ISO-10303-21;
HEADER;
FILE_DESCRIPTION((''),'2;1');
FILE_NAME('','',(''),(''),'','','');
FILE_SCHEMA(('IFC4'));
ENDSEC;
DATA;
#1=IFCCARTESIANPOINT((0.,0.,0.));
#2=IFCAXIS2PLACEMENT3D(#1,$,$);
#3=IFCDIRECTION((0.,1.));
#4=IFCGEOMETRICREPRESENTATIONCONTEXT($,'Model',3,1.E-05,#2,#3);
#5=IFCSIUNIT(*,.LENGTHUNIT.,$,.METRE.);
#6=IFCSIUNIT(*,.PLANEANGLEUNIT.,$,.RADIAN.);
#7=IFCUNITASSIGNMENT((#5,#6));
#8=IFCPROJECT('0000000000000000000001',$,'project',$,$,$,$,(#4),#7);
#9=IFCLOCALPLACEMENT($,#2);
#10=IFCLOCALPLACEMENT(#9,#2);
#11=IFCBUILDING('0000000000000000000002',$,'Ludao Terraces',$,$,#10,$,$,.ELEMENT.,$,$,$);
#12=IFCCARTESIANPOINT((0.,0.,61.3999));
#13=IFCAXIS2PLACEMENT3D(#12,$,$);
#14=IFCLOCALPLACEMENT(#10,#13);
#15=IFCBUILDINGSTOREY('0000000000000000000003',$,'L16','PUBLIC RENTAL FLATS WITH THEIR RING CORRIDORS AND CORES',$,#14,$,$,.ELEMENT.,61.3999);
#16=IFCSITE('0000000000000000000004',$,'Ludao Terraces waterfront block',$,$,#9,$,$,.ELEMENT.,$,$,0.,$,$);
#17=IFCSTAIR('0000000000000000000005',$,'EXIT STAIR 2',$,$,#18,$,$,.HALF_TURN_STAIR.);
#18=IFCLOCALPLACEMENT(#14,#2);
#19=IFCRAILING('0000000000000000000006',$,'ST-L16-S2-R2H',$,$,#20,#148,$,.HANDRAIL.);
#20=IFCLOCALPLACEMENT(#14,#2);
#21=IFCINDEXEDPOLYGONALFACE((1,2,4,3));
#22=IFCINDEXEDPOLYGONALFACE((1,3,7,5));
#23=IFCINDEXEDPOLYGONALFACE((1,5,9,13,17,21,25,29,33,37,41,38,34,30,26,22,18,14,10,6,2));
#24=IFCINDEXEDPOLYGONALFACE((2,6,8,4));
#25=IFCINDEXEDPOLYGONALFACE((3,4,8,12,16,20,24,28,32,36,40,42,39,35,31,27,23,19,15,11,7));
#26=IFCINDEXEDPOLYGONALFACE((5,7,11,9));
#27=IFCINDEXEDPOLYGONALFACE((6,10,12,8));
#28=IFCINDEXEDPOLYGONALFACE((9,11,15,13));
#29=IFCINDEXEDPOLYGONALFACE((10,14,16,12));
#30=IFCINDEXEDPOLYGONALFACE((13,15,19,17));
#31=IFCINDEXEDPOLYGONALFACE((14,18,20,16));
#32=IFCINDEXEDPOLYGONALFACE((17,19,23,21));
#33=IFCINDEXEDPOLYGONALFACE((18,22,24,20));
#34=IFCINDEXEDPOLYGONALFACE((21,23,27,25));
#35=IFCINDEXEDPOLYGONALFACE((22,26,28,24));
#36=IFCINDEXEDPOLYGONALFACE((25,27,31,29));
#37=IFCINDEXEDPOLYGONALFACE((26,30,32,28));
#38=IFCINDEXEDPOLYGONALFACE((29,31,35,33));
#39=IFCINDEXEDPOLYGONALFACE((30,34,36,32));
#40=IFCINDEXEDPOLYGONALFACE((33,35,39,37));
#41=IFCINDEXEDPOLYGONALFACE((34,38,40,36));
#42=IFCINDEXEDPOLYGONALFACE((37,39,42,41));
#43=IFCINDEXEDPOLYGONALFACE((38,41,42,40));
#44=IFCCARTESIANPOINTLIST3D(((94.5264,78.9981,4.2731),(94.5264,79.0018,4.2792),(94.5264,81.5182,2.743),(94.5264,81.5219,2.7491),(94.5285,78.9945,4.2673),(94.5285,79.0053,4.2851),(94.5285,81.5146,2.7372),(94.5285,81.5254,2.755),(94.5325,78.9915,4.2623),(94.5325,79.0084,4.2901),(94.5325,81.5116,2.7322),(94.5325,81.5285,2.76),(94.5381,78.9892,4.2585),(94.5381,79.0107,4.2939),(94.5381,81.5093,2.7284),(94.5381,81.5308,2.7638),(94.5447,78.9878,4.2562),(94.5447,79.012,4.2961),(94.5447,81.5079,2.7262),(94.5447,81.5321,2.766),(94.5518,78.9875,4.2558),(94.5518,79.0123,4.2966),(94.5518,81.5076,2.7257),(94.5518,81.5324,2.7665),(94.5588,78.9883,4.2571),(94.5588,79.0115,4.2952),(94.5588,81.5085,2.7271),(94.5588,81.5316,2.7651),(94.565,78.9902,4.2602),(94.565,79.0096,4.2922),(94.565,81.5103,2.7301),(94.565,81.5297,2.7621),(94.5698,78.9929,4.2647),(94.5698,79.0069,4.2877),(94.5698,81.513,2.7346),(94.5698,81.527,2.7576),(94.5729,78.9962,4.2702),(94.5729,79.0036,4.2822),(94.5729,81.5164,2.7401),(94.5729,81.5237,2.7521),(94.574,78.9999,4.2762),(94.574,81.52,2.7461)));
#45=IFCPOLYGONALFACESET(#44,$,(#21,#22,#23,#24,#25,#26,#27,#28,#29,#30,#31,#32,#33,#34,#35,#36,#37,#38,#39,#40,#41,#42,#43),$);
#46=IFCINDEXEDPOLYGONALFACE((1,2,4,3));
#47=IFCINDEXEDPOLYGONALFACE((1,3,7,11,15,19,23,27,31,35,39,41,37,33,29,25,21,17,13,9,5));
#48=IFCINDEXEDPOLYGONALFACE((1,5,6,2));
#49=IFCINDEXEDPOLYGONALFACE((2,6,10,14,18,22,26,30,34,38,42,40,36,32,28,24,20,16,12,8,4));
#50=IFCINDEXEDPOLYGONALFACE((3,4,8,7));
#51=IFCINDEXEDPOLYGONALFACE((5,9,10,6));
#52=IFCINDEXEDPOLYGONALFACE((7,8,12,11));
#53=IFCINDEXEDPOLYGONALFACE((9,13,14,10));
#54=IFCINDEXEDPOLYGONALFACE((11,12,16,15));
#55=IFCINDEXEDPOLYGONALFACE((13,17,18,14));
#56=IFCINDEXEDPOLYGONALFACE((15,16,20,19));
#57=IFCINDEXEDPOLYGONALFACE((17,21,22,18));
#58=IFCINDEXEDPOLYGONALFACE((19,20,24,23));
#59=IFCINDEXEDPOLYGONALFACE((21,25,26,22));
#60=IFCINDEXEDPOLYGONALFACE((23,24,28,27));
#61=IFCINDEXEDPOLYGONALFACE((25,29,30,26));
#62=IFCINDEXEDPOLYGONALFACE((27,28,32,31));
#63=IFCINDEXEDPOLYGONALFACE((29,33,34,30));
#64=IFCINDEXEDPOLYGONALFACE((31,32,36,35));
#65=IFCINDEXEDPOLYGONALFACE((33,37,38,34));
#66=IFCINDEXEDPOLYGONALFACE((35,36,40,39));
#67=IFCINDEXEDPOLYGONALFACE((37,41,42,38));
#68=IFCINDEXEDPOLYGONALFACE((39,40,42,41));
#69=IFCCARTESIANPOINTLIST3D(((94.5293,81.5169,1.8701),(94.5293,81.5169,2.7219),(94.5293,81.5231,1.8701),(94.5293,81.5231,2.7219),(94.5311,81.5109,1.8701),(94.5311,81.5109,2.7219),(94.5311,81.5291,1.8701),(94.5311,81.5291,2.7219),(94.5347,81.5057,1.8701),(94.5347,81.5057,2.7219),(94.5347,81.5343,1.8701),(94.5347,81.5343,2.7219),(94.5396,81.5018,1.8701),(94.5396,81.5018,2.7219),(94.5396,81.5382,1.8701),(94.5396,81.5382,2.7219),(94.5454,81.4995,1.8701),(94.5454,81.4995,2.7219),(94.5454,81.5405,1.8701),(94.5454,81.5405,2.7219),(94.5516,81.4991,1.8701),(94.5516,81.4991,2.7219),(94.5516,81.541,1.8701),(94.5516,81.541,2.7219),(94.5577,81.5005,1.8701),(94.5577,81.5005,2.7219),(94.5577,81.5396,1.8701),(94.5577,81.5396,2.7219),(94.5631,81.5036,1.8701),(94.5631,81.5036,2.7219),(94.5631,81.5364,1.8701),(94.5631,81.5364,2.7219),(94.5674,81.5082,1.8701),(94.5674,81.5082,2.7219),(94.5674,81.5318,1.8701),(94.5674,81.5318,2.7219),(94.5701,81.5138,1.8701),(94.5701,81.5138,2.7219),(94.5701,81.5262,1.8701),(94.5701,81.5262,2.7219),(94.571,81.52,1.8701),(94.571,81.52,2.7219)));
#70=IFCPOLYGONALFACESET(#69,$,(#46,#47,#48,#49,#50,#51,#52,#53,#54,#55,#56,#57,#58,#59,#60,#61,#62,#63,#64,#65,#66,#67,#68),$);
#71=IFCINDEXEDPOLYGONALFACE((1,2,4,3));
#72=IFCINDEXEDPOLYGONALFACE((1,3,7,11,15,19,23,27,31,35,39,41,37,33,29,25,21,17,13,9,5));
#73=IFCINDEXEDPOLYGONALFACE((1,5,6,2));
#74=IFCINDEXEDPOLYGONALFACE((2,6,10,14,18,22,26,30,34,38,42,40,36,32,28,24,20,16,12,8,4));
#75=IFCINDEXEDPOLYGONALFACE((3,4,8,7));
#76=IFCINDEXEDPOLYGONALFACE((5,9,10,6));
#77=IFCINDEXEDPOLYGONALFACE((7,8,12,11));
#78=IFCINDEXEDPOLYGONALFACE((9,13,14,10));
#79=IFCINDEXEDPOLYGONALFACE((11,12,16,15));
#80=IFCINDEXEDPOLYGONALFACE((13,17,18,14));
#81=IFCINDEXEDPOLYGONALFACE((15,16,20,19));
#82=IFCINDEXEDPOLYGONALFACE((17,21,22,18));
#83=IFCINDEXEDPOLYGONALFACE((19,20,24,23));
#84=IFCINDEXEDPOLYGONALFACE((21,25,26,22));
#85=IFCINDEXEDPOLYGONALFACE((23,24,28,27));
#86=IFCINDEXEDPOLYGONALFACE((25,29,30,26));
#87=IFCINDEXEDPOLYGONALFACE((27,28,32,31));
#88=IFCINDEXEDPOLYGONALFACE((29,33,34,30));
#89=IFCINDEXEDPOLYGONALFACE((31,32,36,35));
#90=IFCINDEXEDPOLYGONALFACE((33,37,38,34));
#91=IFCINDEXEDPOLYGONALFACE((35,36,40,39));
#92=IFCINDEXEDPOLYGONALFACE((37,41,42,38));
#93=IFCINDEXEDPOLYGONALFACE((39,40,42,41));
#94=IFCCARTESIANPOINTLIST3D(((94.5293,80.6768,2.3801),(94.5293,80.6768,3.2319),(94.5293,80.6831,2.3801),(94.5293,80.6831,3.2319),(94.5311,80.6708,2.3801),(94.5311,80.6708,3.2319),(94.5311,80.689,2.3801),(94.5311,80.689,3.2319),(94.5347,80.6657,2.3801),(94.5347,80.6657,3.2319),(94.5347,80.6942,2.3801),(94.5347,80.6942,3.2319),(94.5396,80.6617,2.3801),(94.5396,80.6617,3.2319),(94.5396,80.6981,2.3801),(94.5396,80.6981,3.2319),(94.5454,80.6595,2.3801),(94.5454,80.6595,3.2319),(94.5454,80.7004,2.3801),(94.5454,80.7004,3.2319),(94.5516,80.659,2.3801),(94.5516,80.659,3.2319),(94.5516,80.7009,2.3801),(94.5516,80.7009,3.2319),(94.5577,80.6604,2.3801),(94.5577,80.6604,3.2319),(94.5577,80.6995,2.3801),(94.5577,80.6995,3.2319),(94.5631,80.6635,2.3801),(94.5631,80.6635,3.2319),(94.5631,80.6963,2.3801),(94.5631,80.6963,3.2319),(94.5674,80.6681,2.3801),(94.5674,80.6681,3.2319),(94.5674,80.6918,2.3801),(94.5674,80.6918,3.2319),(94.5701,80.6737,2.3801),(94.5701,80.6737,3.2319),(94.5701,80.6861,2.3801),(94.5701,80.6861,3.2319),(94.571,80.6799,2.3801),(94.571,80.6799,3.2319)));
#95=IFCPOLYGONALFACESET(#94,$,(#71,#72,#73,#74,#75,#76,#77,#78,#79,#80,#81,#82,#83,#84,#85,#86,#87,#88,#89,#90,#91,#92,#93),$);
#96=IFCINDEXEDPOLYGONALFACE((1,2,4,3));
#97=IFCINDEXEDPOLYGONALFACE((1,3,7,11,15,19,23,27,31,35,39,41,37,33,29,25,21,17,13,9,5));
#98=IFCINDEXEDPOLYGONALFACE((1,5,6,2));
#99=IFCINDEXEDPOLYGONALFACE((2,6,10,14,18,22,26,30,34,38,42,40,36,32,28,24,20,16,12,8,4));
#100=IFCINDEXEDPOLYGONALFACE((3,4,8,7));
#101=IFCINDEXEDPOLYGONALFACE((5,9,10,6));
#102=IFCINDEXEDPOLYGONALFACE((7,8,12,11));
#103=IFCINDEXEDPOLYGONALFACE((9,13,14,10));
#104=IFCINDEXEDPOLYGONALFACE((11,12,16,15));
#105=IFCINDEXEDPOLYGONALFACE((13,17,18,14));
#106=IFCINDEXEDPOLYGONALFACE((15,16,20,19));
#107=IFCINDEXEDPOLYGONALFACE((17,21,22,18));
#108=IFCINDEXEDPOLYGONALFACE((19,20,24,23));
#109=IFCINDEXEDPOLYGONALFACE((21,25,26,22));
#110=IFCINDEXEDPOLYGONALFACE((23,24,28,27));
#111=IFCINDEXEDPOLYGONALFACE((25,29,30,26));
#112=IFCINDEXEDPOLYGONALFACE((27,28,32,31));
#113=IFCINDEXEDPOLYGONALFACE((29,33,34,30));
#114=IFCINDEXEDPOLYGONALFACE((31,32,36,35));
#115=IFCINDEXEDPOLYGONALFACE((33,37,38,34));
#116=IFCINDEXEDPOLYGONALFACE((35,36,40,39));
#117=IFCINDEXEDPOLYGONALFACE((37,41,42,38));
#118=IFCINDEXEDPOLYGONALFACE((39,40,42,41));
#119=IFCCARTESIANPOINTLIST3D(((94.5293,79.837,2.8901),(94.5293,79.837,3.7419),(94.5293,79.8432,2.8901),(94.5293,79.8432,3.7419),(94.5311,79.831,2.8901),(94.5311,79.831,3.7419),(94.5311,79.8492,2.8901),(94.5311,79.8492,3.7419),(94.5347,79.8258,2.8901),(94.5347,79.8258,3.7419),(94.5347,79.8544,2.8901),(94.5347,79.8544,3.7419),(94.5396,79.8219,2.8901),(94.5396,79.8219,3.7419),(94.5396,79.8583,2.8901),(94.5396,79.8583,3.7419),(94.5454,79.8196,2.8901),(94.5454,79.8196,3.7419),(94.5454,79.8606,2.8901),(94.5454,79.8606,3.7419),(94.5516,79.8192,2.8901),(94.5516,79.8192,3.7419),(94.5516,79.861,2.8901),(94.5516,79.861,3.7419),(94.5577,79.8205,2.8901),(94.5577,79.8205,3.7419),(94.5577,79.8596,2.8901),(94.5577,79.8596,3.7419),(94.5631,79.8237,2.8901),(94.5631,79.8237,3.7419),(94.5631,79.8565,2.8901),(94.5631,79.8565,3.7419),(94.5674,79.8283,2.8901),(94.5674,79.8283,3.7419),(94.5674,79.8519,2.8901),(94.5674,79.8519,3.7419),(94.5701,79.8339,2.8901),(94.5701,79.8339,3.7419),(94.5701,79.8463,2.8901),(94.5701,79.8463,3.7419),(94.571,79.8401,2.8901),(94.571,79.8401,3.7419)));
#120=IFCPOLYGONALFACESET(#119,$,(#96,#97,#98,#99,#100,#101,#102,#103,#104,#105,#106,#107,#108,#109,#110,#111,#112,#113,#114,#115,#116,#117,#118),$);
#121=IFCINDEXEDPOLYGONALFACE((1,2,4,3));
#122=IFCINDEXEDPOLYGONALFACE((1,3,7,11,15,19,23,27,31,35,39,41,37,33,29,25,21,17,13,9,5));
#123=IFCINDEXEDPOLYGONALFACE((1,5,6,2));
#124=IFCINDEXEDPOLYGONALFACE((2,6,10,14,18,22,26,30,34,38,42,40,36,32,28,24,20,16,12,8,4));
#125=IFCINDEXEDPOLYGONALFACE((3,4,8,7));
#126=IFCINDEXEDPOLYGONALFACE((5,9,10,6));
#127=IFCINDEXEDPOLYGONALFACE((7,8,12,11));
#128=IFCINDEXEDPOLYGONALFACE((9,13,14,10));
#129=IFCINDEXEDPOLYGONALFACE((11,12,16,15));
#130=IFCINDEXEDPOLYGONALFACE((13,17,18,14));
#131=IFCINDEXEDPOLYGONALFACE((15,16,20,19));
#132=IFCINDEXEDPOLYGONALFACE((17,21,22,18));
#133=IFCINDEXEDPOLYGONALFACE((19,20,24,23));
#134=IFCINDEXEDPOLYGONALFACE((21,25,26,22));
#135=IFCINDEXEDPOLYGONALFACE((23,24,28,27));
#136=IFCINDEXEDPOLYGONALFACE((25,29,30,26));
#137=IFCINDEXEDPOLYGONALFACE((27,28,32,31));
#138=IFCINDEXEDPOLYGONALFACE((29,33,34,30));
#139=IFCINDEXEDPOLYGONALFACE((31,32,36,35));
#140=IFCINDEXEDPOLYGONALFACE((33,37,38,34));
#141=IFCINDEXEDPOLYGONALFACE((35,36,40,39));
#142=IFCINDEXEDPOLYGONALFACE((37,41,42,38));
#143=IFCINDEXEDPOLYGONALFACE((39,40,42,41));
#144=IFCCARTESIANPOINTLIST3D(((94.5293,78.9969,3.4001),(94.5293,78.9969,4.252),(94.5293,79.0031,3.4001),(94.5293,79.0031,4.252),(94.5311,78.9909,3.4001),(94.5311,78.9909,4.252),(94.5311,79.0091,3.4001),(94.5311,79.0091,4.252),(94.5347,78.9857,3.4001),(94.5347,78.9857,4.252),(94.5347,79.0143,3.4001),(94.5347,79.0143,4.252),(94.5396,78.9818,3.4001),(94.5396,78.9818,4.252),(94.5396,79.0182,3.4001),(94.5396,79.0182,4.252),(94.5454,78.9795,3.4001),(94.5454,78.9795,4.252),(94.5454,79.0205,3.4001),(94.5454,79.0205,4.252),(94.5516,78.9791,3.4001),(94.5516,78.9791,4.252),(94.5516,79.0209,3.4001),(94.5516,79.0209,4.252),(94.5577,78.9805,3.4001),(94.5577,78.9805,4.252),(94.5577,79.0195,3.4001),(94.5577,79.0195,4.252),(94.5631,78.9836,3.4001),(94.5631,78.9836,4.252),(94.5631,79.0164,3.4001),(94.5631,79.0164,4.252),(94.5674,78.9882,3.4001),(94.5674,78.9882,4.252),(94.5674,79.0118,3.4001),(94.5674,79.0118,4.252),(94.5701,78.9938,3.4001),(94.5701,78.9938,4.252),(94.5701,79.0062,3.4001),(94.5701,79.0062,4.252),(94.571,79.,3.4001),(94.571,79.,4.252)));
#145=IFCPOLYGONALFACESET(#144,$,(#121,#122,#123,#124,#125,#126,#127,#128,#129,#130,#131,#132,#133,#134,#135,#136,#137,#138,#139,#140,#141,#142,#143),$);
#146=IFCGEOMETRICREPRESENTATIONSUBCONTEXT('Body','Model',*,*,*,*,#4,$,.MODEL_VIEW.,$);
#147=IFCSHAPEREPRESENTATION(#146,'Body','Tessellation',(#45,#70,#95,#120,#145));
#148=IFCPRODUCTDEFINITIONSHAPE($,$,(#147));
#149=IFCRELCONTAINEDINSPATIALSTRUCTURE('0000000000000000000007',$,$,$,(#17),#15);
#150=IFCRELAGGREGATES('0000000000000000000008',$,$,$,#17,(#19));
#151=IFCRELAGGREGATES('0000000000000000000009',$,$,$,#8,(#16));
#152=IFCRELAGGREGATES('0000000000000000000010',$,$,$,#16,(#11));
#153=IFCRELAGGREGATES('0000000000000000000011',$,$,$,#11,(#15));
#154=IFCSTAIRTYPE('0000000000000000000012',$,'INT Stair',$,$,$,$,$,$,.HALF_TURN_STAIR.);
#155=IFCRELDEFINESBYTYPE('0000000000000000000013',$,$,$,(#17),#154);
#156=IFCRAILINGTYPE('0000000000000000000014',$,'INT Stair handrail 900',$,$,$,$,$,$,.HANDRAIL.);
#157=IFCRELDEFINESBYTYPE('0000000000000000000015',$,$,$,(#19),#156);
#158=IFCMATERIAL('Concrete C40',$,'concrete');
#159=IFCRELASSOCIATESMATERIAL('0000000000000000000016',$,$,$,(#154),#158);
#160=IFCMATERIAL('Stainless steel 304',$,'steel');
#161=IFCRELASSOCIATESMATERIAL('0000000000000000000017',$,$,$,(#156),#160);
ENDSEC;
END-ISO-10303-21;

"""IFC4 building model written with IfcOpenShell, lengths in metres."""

from ifc_helpers import new_model, si_unit, direction, frame, origin, origin_2d, place, context, subcontext, project, spatial, circle, extrude, material, type_object, element, aggregate, save


model = new_model("IFC4")

# Units and contexts
model_context = context("Model", 3, precision=1e-05, world=origin(), true_north=direction((0.0, 1.0)))
body_context = subcontext(model_context, "Body", "Model", "MODEL_VIEW")
ifc_project = project(units=[si_unit("LENGTHUNIT", "METRE"), si_unit("PLANEANGLEUNIT", "RADIAN")], contexts=[model_context])

# Site, building, storey
site_placement = place(None, origin())
site = spatial("IfcSite", under=ifc_project, at=site_placement, Name="Ludao Terraces waterfront block", CompositionType="ELEMENT", RefElevation=0.0)
building_placement = place(site_placement, origin())
building = spatial("IfcBuilding", under=site, at=building_placement, Name="Ludao Terraces", CompositionType="ELEMENT")
storey_placement = place(building_placement, frame((0.0, 0.0, 61.3999)))
storey = spatial("IfcBuildingStorey", under=building, at=storey_placement, Name="L16", Description="PUBLIC RENTAL FLATS WITH THEIR RING CORRIDORS AND CORES", CompositionType="ELEMENT", Elevation=61.3999)

# Shared definitions
ifc_material_1 = material(Name="Concrete C40", Category="concrete")

# Shared definitions
ifc_material_2 = material(Name="Stainless steel 304", Category="steel")

# Stair, railing
stair_type = type_object("IfcStairType", Name="INT Stair", PredefinedType="HALF_TURN_STAIR", material=ifc_material_1)
stair_placement = place(storey_placement, origin())
stair = element("IfcStair", 1, at=stair_placement, inside=storey, type_object=stair_type, Name="EXIT STAIR 2", PredefinedType="HALF_TURN_STAIR")
railing_type_1 = type_object("IfcRailingType", Name="INT Stair handrail 900", PredefinedType="HANDRAIL", material=ifc_material_2)
railing_1_placement = place(storey_placement, frame((94.55, 81.52, 1.8701)))
railing_1 = element("IfcRailing", 2, at=railing_1_placement, type_object=railing_type_1, Name="ST-L16-S2-R2H", PredefinedType="HANDRAIL", context=body_context, shape_type="SweptSolid", body=[
    extrude(circle(Radius=0.0239, at=origin_2d()), frame((0.0, 0.0, 0.876), z_axis=(0.0, -0.854785, 0.518982), x_axis=(1.0, 0.0, 0.0)), (0.0, 0.0, 1.0), 2.9482),
    extrude(circle(Radius=0.021, at=origin_2d()), origin(), (0.0, 0.0, 1.0), 0.8518),
    extrude(circle(Radius=0.021, at=origin_2d()), frame((0.0, -0.8401, 0.51)), (0.0, 0.0, 1.0), 0.8518),
    extrude(circle(Radius=0.021, at=origin_2d()), frame((0.0, -1.6799, 1.02)), (0.0, 0.0, 1.0), 0.8518),
    extrude(circle(Radius=0.021, at=origin_2d()), frame((0.0, -2.52, 1.53)), (0.0, 0.0, 1.0), 0.8518),
])
aggregate(stair, [railing_1])

save(model, "model.ifc")
